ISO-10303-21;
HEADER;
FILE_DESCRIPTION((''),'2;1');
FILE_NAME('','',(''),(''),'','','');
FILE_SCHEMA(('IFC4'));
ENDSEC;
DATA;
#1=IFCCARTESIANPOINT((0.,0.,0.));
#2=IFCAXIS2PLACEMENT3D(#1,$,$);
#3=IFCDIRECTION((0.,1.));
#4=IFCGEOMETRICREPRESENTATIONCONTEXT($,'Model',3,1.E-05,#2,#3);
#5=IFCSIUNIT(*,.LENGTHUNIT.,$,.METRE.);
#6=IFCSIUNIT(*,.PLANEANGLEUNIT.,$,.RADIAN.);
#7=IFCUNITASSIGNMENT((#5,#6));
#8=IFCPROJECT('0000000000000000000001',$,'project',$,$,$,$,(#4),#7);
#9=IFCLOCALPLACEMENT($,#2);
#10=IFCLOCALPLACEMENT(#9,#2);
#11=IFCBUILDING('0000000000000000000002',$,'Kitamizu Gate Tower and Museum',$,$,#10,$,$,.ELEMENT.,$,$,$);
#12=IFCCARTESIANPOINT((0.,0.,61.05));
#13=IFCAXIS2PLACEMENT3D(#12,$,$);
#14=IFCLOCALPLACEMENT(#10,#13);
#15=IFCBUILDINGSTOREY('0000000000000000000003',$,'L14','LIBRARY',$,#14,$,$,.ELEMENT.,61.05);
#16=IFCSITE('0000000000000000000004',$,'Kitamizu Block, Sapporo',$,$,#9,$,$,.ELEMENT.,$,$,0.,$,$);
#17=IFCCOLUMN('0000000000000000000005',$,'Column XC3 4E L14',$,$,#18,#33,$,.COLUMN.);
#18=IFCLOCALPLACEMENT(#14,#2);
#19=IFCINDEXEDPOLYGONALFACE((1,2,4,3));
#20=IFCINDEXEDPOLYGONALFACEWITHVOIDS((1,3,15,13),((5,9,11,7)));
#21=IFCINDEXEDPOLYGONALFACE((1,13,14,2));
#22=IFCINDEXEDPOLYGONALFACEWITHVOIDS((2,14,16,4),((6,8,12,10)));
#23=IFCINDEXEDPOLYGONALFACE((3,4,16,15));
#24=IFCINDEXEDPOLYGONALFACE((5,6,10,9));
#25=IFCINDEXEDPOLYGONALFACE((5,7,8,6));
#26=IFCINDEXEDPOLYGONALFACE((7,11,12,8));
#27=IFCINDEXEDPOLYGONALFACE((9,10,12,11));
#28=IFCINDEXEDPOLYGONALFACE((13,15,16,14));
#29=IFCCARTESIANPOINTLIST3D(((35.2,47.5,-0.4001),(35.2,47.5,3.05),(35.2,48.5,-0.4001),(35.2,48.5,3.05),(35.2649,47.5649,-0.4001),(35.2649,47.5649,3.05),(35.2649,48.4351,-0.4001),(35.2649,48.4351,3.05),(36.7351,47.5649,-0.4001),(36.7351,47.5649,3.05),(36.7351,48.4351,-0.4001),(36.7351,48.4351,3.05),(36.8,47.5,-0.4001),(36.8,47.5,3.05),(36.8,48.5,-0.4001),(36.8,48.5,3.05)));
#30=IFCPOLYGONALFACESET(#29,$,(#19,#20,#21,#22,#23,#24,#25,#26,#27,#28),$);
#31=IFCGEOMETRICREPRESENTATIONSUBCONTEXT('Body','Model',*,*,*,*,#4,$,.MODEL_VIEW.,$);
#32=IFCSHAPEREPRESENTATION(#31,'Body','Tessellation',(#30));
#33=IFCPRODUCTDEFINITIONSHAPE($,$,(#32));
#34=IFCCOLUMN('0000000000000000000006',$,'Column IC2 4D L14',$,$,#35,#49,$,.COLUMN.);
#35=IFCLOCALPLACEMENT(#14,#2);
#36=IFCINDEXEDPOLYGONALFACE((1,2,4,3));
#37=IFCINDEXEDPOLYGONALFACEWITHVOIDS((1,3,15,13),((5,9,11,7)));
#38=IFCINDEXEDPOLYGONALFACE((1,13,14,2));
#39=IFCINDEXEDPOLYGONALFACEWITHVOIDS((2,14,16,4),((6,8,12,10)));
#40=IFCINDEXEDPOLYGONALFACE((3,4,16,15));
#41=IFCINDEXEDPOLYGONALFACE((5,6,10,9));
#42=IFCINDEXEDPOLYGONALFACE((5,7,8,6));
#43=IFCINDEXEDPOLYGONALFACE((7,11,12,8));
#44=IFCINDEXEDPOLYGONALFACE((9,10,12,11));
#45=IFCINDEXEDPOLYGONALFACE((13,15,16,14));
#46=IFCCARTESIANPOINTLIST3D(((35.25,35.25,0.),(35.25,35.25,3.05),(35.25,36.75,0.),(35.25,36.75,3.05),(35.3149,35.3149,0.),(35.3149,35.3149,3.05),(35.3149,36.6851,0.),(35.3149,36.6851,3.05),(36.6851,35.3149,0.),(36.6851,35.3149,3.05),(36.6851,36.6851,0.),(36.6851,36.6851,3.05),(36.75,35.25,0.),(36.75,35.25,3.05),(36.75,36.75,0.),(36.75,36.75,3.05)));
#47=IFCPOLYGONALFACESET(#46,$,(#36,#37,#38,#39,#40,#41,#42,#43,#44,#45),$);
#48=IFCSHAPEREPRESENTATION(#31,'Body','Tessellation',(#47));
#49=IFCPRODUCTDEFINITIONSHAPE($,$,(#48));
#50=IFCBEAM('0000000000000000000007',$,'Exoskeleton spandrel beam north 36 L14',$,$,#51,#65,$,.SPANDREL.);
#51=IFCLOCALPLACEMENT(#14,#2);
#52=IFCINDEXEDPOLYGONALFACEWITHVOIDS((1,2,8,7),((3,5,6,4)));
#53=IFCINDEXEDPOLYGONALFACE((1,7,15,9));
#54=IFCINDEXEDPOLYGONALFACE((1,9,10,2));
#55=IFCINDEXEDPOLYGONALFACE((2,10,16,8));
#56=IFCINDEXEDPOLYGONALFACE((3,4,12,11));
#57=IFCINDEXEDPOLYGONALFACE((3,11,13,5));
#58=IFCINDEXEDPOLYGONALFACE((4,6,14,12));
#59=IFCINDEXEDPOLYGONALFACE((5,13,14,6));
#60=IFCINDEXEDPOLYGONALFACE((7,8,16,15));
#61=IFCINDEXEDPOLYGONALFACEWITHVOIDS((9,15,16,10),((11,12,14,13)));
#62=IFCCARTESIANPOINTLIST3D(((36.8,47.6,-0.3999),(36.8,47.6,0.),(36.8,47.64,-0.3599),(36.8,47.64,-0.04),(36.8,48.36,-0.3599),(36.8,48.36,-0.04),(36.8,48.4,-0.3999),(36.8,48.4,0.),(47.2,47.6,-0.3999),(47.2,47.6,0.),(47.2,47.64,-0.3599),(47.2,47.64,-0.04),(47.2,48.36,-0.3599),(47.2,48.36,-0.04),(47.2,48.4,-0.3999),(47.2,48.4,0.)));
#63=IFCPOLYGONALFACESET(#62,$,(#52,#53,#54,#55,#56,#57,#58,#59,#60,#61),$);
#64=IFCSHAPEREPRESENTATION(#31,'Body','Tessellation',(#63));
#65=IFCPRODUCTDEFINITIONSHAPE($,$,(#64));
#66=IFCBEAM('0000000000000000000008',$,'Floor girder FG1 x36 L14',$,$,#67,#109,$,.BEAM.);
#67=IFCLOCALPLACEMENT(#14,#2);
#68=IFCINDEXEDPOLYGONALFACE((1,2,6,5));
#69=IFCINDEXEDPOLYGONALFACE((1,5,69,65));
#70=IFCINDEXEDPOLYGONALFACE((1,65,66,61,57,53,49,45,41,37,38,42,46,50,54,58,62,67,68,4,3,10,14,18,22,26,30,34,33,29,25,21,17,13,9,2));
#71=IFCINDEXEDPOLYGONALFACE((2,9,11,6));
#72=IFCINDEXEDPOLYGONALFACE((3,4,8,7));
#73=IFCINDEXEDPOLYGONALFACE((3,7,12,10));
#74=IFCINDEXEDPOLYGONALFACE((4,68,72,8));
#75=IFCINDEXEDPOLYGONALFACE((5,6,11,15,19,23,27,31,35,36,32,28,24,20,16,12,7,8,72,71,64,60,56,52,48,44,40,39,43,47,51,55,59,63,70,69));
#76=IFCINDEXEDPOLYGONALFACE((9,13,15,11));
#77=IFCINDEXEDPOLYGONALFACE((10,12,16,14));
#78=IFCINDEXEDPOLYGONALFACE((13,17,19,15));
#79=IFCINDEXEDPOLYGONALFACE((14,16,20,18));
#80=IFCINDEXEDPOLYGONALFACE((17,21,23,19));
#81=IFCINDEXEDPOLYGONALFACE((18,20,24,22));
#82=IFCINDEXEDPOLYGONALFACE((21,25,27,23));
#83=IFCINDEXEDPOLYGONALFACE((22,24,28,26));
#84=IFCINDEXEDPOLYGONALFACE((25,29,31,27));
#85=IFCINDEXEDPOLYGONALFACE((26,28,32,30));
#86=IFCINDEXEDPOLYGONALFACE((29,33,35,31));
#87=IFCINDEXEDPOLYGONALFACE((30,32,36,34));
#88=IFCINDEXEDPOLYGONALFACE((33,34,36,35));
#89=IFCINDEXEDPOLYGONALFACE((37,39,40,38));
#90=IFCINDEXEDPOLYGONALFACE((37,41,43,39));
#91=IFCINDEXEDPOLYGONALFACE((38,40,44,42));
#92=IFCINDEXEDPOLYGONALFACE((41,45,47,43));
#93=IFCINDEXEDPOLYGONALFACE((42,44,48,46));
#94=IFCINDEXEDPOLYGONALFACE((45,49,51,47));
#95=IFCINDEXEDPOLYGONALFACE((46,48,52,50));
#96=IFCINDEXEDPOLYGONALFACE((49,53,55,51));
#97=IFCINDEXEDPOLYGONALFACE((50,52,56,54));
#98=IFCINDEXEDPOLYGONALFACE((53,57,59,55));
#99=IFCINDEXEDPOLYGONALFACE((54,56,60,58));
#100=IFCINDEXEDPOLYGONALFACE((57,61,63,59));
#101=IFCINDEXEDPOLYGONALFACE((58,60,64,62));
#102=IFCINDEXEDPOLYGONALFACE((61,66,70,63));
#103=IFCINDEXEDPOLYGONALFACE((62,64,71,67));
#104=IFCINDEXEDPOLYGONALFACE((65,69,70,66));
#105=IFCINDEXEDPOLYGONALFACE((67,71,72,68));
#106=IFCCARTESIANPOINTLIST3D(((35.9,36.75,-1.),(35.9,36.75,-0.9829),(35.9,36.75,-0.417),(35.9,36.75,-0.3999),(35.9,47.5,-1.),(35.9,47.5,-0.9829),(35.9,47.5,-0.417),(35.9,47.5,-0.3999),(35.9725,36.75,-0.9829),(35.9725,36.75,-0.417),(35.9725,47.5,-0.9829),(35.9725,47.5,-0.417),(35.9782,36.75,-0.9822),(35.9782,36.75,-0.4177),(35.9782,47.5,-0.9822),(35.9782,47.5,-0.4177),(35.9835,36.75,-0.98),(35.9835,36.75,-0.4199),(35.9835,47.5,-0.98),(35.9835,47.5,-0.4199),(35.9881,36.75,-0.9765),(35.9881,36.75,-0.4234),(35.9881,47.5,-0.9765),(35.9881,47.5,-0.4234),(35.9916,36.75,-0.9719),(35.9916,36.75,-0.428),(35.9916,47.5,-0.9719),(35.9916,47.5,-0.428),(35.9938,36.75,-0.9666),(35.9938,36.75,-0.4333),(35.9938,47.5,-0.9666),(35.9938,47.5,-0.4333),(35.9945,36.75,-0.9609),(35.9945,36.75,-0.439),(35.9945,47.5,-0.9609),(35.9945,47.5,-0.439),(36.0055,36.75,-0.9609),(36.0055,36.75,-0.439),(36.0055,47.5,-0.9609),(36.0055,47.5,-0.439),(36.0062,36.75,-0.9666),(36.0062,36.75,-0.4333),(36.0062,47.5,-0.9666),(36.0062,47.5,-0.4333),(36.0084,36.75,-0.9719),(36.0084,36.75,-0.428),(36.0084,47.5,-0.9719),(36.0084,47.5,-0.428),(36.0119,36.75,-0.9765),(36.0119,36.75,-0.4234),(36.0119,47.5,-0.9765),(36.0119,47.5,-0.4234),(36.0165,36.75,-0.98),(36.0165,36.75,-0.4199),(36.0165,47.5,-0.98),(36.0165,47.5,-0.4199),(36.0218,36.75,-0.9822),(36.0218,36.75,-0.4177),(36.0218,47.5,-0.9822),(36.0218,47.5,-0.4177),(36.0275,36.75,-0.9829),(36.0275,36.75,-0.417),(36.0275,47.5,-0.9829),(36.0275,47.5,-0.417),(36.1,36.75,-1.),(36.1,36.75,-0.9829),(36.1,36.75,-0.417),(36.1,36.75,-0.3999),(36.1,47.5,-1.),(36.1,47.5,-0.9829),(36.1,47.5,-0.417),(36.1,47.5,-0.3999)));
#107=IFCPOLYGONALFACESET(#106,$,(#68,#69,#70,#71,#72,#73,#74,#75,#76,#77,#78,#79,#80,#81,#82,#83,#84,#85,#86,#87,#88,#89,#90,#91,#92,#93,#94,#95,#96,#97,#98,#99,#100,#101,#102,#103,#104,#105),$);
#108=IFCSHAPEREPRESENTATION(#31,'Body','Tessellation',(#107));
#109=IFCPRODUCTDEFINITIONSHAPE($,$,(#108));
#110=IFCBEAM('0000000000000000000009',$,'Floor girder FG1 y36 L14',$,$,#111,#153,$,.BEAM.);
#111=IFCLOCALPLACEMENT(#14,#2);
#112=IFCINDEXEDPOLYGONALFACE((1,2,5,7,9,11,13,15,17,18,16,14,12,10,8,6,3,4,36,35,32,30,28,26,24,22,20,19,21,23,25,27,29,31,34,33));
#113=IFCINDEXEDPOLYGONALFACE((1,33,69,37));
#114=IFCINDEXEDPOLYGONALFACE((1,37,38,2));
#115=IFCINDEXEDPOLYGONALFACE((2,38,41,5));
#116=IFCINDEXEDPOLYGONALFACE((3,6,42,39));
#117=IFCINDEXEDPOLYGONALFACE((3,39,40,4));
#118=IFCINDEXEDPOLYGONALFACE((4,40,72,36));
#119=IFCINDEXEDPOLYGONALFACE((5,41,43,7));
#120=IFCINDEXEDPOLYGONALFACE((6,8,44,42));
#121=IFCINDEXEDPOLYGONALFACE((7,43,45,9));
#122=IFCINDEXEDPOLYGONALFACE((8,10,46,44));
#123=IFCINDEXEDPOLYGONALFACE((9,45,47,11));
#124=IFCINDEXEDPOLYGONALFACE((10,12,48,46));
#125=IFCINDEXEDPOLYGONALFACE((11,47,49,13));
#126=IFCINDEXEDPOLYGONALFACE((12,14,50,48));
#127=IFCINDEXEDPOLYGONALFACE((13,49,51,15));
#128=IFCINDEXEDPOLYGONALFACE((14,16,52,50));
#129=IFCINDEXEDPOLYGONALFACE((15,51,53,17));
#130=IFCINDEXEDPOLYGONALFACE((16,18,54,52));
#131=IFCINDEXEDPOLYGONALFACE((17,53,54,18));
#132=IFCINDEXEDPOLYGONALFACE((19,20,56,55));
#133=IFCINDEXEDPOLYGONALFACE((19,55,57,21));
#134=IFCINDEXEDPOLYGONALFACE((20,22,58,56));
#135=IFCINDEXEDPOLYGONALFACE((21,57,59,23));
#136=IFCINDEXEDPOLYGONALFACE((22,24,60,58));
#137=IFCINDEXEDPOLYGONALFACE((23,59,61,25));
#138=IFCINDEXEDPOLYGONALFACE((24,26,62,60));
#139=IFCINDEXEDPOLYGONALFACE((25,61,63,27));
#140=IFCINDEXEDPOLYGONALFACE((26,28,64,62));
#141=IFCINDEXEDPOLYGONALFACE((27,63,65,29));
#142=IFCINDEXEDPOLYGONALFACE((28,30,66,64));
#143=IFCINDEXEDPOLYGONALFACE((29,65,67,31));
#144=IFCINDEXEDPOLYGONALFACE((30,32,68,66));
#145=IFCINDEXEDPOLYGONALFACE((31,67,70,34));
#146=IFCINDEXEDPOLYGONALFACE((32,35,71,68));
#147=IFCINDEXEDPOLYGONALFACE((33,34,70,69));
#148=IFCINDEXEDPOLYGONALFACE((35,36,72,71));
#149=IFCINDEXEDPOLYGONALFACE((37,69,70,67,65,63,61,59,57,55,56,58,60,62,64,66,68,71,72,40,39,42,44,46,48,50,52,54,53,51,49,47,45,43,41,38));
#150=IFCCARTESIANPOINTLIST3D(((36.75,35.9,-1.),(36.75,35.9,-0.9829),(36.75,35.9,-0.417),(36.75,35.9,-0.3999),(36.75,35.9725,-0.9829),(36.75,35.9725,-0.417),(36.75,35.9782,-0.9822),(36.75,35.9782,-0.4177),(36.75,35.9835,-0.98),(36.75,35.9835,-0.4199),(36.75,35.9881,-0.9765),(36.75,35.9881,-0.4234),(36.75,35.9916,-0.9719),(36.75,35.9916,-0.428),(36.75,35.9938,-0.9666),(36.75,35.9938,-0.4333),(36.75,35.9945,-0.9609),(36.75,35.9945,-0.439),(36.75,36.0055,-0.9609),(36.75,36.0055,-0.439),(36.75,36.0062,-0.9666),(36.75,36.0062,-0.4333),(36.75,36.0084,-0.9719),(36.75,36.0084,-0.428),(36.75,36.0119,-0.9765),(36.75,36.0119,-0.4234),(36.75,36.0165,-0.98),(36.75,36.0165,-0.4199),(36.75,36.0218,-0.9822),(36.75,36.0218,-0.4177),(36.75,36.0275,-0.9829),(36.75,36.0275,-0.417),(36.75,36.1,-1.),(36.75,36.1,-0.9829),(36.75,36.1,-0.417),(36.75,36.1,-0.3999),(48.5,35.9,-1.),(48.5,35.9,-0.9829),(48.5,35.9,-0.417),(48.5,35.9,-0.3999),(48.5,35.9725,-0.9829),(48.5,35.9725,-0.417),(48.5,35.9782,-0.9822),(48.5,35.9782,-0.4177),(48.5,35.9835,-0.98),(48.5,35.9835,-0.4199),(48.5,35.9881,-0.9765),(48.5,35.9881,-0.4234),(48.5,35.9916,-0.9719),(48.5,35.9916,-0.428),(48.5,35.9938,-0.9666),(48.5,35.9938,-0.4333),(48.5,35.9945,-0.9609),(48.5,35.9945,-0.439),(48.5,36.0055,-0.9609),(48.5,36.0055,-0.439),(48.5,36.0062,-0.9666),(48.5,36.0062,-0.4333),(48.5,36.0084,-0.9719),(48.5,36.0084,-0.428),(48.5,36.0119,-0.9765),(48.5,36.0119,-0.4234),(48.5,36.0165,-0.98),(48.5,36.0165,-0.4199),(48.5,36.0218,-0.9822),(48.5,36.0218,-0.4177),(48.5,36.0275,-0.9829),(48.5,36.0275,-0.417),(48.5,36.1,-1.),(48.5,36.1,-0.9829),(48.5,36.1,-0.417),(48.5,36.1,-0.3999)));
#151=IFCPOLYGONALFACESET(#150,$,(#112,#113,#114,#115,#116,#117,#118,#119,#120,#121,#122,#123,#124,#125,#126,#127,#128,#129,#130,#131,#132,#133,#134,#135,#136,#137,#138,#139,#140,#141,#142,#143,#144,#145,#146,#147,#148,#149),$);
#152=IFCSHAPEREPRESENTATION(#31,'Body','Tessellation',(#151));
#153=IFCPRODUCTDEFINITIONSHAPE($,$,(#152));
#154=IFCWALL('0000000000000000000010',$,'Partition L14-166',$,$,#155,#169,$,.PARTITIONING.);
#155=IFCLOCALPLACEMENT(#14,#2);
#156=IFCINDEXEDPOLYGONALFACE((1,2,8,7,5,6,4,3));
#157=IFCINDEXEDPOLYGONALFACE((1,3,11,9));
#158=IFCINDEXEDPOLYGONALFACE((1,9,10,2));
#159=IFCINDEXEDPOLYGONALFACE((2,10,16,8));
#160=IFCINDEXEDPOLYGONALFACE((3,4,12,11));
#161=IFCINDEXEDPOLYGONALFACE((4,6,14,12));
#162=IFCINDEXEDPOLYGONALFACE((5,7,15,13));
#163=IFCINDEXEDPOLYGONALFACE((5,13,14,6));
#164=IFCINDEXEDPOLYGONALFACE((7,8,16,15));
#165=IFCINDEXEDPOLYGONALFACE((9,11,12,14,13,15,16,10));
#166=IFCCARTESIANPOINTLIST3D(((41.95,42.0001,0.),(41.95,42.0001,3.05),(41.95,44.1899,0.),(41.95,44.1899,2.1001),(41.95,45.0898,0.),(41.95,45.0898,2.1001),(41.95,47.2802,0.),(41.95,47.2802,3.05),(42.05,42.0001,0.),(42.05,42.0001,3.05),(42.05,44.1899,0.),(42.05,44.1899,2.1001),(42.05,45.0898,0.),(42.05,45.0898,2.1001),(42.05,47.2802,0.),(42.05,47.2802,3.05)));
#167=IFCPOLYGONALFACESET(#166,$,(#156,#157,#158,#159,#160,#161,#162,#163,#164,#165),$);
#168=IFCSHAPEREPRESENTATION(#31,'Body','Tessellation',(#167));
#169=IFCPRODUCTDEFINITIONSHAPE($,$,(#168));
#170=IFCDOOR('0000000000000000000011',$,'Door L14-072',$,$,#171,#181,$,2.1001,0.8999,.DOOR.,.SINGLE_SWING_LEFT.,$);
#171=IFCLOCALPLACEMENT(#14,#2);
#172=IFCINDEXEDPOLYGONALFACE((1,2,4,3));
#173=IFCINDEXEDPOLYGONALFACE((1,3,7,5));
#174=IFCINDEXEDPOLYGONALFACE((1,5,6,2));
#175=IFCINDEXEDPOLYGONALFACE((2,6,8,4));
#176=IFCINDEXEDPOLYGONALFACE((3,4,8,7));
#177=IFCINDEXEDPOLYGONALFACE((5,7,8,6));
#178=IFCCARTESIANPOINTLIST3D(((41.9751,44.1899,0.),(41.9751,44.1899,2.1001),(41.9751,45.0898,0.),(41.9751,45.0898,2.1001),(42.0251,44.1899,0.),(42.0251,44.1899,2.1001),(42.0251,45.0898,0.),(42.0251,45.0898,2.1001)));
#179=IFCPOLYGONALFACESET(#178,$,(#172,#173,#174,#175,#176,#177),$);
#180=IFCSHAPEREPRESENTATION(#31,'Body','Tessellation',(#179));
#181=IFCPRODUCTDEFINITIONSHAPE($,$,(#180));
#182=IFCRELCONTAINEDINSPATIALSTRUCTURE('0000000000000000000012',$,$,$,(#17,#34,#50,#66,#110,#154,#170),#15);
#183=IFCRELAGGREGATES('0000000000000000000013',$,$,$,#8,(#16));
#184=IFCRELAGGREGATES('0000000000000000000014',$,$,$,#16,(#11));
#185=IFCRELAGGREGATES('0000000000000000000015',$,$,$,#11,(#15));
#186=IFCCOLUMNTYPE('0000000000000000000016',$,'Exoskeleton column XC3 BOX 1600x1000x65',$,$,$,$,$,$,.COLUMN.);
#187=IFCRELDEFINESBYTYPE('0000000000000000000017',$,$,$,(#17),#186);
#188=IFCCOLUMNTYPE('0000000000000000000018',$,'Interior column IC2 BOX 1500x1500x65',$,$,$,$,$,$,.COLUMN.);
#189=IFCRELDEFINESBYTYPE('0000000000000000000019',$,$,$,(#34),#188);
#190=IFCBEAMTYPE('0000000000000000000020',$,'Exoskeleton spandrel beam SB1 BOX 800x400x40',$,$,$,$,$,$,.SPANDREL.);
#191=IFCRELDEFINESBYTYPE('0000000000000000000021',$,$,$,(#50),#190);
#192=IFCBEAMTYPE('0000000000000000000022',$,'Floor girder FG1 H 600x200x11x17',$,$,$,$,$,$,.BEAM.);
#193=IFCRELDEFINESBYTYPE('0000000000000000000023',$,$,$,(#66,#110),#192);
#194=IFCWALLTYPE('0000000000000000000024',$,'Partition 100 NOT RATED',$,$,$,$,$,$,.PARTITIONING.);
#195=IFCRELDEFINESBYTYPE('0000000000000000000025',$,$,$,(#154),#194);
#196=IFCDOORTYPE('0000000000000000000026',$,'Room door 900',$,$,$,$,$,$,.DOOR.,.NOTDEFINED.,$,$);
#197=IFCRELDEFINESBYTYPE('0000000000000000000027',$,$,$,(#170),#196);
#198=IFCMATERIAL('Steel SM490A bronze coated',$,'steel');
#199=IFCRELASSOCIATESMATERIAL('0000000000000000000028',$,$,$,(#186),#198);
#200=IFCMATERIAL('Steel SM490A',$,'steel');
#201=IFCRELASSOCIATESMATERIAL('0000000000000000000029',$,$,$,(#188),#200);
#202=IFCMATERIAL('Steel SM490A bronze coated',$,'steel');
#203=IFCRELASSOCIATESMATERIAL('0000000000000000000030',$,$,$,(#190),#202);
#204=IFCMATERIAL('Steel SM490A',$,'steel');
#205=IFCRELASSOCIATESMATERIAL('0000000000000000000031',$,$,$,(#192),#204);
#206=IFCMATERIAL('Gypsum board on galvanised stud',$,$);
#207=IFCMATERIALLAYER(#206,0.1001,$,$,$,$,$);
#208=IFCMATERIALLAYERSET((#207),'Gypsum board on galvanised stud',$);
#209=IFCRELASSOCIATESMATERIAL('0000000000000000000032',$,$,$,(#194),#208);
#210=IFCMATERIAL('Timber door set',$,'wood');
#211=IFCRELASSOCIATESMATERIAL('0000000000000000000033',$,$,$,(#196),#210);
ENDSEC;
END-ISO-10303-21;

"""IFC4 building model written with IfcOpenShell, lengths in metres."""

from ifc_helpers import new_model, si_unit, direction, frame, frame_2d, origin, origin_2d, place, context, subcontext, project, spatial, rectangle, hollow_rectangle, i_section, extrude, material, layer, layer_set, material_profile, profile_set, type_object, element, fill, save


model = new_model("IFC4")

# Units and contexts
model_context = context("Model", 3, precision=1e-05, world=origin(), true_north=direction((0.0, 1.0)))
body_context = subcontext(model_context, "Body", "Model", "MODEL_VIEW")
ifc_project = project(units=[si_unit("LENGTHUNIT", "METRE"), si_unit("PLANEANGLEUNIT", "RADIAN")], contexts=[model_context])

# Site, building, storey
site_placement = place(None, origin())
site = spatial("IfcSite", under=ifc_project, at=site_placement, Name="Kitamizu Block, Sapporo", CompositionType="ELEMENT", RefElevation=0.0)
building_placement = place(site_placement, origin())
building = spatial("IfcBuilding", under=site, at=building_placement, Name="Kitamizu Gate Tower and Museum", CompositionType="ELEMENT")
storey_placement = place(building_placement, frame((0.0, 0.0, 61.05)))
storey = spatial("IfcBuildingStorey", under=building, at=storey_placement, Name="L14", Description="LIBRARY", CompositionType="ELEMENT", Elevation=61.05)

# Columns
ifc_material_1 = material(Name="Steel SM490A bronze coated", Category="steel")
ifc_material_profile_1 = material_profile(ifc_material_1, hollow_rectangle(XDim=1.6001, YDim=1.0, WallThickness=0.0649, at=origin_2d()), Name="BOX 1600x1000x65")
ifc_profile_set_1 = profile_set([ifc_material_profile_1], Name="Steel SM490A bronze coated")
column_type_1 = type_object("IfcColumnType", Name="Exoskeleton column XC3 BOX 1600x1000x65", PredefinedType="COLUMN", material=ifc_profile_set_1)
column_1_placement = place(storey_placement, frame((36.0, 48.0, -0.4001), z_axis=(0.0, 0.0, 1.0), x_axis=(1.0, 0.0, 0.0)))
element("IfcColumn", 1, at=column_1_placement, inside=storey, type_object=column_type_1, Name="Column XC3 4E L14", PredefinedType="COLUMN", context=body_context, shape_type="SweptSolid", body=[
    extrude(hollow_rectangle(XDim=1.6001, YDim=1.0, WallThickness=0.0649, at=origin_2d()), origin(), (0.0, 0.0, 1.0), 3.4502),
])
ifc_material_2 = material(Name="Steel SM490A", Category="steel")
ifc_material_profile_2 = material_profile(ifc_material_2, hollow_rectangle(XDim=1.5, YDim=1.5, WallThickness=0.0649, at=origin_2d()), Name="BOX 1500x1500x65")
ifc_profile_set_2 = profile_set([ifc_material_profile_2], Name="Steel SM490A")
column_type_2 = type_object("IfcColumnType", Name="Interior column IC2 BOX 1500x1500x65", PredefinedType="COLUMN", material=ifc_profile_set_2)
column_2_placement = place(storey_placement, frame((36.0, 36.0, 0.0), z_axis=(0.0, 0.0, 1.0), x_axis=(1.0, 0.0, 0.0)))
element("IfcColumn", 2, at=column_2_placement, inside=storey, type_object=column_type_2, Name="Column IC2 4D L14", PredefinedType="COLUMN", context=body_context, shape_type="SweptSolid", body=[
    extrude(hollow_rectangle(XDim=1.5, YDim=1.5, WallThickness=0.0649, at=origin_2d()), origin(), (0.0, 0.0, 1.0), 3.05),
])

# Beams
ifc_material_3 = material(Name="Steel SM490A bronze coated", Category="steel")
ifc_material_profile_3 = material_profile(ifc_material_3, hollow_rectangle(XDim=0.8, YDim=0.3999, WallThickness=0.04, at=origin_2d()), Name="BOX 800x400x40")
ifc_profile_set_3 = profile_set([ifc_material_profile_3], Name="Steel SM490A bronze coated")
beam_type_1 = type_object("IfcBeamType", Name="Exoskeleton spandrel beam SB1 BOX 800x400x40", PredefinedType="SPANDREL", material=ifc_profile_set_3)
beam_1_placement = place(storey_placement, frame((36.8, 48.0, -0.2), z_axis=(1.0, 0.0, 0.0), x_axis=(0.0, 1.0, 0.0)))
element("IfcBeam", 3, at=beam_1_placement, inside=storey, type_object=beam_type_1, Name="Exoskeleton spandrel beam north 36 L14", PredefinedType="SPANDREL", context=body_context, shape_type="SweptSolid", body=[
    extrude(hollow_rectangle(XDim=0.8, YDim=0.3999, WallThickness=0.04, at=origin_2d()), origin(), (0.0, 0.0, 1.0), 10.3999),
])
ifc_material_4 = material(Name="Steel SM490A", Category="steel")
ifc_material_profile_4 = material_profile(ifc_material_4, i_section(OverallWidth=0.2, OverallDepth=0.6001, WebThickness=0.011, FlangeThickness=0.0171, FilletRadius=0.022, at=origin_2d()), Name="H-600x200x11x17")
ifc_profile_set_4 = profile_set([ifc_material_profile_4], Name="Steel SM490A")
beam_type_2 = type_object("IfcBeamType", Name="Floor girder FG1 H 600x200x11x17", PredefinedType="BEAM", material=ifc_profile_set_4)
beam_2_placement = place(storey_placement, frame((36.0, 36.75, -0.7), z_axis=(0.0, 1.0, 0.0), x_axis=(-1.0, 0.0, 0.0)))
element("IfcBeam", 4, at=beam_2_placement, inside=storey, type_object=beam_type_2, Name="Floor girder FG1 x36 L14", PredefinedType="BEAM", context=body_context, shape_type="SweptSolid", body=[
    extrude(i_section(OverallWidth=0.2, OverallDepth=0.6001, WebThickness=0.011, FlangeThickness=0.0171, FilletRadius=0.022, at=origin_2d()), origin(), (0.0, 0.0, 1.0), 10.75),
])
beam_3_placement = place(storey_placement, frame((36.75, 36.0, -0.7), z_axis=(1.0, 0.0, 0.0), x_axis=(0.0, 1.0, 0.0)))
element("IfcBeam", 5, at=beam_3_placement, inside=storey, type_object=beam_type_2, Name="Floor girder FG1 y36 L14", PredefinedType="BEAM", context=body_context, shape_type="SweptSolid", body=[
    extrude(i_section(OverallWidth=0.2, OverallDepth=0.6001, WebThickness=0.011, FlangeThickness=0.0171, FilletRadius=0.022, at=origin_2d()), origin(), (0.0, 0.0, 1.0), 11.75),
])

# Wall, opening, door
ifc_material_5 = material(Name="Gypsum board on galvanised stud")
ifc_layer_1 = layer(ifc_material_5, 0.1001)
ifc_layer_set_1 = layer_set([ifc_layer_1], Name="Gypsum board on galvanised stud")
wall_type_1 = type_object("IfcWallType", Name="Partition 100 NOT RATED", PredefinedType="PARTITIONING", material=ifc_layer_set_1)
wall_1_placement = place(storey_placement, frame((42.0, 42.0, 0.0), z_axis=(0.0, 0.0, 1.0), x_axis=(0.0, 1.0, 0.0)))
wall_1 = element("IfcWall", 6, at=wall_1_placement, inside=storey, type_object=wall_type_1, Name="Partition L14-166", PredefinedType="PARTITIONING", context=body_context, shape_type="SweptSolid", body=[
    extrude(rectangle(XDim=5.28, YDim=0.1001, at=frame_2d((2.6401, 0.0))), origin(), (0.0, 0.0, 1.0), 3.05),
])
opening_1_placement = place(wall_1_placement, frame((2.1899, 0.0, 0.0)))
opening_1 = element("IfcOpeningElement", 7, at=opening_1_placement, cuts=wall_1, PredefinedType="OPENING", context=body_context, shape_type="SweptSolid", body=[
    extrude(rectangle(XDim=0.8999, YDim=2.1001, at=frame_2d((0.45, 1.05))), frame((0.0, 0.0601, 0.0), z_axis=(0.0, -1.0, 0.0), x_axis=(1.0, 0.0, 0.0)), (0.0, 0.0, 1.0), 0.1201),
])
ifc_material_6 = material(Name="Timber door set", Category="wood")
door_type_1 = type_object("IfcDoorType", Name="Room door 900", OperationType="NOTDEFINED", PredefinedType="DOOR", material=ifc_material_6)
door_1_placement = place(opening_1_placement, origin())
door_1 = element("IfcDoor", 8, at=door_1_placement, inside=storey, type_object=door_type_1, Name="Door L14-072", OperationType="SINGLE_SWING_LEFT", OverallHeight=2.1001, OverallWidth=0.8999, PredefinedType="DOOR", context=body_context, shape_type="SweptSolid", body=[
    extrude(rectangle(XDim=0.8999, YDim=2.1001, at=frame_2d((0.45, 1.05))), frame((0.0, 0.0249, 0.0), z_axis=(0.0, -1.0, 0.0), x_axis=(1.0, 0.0, 0.0)), (0.0, 0.0, 1.0), 0.05),
])
fill(opening_1, door_1)

save(model, "model.ifc")
